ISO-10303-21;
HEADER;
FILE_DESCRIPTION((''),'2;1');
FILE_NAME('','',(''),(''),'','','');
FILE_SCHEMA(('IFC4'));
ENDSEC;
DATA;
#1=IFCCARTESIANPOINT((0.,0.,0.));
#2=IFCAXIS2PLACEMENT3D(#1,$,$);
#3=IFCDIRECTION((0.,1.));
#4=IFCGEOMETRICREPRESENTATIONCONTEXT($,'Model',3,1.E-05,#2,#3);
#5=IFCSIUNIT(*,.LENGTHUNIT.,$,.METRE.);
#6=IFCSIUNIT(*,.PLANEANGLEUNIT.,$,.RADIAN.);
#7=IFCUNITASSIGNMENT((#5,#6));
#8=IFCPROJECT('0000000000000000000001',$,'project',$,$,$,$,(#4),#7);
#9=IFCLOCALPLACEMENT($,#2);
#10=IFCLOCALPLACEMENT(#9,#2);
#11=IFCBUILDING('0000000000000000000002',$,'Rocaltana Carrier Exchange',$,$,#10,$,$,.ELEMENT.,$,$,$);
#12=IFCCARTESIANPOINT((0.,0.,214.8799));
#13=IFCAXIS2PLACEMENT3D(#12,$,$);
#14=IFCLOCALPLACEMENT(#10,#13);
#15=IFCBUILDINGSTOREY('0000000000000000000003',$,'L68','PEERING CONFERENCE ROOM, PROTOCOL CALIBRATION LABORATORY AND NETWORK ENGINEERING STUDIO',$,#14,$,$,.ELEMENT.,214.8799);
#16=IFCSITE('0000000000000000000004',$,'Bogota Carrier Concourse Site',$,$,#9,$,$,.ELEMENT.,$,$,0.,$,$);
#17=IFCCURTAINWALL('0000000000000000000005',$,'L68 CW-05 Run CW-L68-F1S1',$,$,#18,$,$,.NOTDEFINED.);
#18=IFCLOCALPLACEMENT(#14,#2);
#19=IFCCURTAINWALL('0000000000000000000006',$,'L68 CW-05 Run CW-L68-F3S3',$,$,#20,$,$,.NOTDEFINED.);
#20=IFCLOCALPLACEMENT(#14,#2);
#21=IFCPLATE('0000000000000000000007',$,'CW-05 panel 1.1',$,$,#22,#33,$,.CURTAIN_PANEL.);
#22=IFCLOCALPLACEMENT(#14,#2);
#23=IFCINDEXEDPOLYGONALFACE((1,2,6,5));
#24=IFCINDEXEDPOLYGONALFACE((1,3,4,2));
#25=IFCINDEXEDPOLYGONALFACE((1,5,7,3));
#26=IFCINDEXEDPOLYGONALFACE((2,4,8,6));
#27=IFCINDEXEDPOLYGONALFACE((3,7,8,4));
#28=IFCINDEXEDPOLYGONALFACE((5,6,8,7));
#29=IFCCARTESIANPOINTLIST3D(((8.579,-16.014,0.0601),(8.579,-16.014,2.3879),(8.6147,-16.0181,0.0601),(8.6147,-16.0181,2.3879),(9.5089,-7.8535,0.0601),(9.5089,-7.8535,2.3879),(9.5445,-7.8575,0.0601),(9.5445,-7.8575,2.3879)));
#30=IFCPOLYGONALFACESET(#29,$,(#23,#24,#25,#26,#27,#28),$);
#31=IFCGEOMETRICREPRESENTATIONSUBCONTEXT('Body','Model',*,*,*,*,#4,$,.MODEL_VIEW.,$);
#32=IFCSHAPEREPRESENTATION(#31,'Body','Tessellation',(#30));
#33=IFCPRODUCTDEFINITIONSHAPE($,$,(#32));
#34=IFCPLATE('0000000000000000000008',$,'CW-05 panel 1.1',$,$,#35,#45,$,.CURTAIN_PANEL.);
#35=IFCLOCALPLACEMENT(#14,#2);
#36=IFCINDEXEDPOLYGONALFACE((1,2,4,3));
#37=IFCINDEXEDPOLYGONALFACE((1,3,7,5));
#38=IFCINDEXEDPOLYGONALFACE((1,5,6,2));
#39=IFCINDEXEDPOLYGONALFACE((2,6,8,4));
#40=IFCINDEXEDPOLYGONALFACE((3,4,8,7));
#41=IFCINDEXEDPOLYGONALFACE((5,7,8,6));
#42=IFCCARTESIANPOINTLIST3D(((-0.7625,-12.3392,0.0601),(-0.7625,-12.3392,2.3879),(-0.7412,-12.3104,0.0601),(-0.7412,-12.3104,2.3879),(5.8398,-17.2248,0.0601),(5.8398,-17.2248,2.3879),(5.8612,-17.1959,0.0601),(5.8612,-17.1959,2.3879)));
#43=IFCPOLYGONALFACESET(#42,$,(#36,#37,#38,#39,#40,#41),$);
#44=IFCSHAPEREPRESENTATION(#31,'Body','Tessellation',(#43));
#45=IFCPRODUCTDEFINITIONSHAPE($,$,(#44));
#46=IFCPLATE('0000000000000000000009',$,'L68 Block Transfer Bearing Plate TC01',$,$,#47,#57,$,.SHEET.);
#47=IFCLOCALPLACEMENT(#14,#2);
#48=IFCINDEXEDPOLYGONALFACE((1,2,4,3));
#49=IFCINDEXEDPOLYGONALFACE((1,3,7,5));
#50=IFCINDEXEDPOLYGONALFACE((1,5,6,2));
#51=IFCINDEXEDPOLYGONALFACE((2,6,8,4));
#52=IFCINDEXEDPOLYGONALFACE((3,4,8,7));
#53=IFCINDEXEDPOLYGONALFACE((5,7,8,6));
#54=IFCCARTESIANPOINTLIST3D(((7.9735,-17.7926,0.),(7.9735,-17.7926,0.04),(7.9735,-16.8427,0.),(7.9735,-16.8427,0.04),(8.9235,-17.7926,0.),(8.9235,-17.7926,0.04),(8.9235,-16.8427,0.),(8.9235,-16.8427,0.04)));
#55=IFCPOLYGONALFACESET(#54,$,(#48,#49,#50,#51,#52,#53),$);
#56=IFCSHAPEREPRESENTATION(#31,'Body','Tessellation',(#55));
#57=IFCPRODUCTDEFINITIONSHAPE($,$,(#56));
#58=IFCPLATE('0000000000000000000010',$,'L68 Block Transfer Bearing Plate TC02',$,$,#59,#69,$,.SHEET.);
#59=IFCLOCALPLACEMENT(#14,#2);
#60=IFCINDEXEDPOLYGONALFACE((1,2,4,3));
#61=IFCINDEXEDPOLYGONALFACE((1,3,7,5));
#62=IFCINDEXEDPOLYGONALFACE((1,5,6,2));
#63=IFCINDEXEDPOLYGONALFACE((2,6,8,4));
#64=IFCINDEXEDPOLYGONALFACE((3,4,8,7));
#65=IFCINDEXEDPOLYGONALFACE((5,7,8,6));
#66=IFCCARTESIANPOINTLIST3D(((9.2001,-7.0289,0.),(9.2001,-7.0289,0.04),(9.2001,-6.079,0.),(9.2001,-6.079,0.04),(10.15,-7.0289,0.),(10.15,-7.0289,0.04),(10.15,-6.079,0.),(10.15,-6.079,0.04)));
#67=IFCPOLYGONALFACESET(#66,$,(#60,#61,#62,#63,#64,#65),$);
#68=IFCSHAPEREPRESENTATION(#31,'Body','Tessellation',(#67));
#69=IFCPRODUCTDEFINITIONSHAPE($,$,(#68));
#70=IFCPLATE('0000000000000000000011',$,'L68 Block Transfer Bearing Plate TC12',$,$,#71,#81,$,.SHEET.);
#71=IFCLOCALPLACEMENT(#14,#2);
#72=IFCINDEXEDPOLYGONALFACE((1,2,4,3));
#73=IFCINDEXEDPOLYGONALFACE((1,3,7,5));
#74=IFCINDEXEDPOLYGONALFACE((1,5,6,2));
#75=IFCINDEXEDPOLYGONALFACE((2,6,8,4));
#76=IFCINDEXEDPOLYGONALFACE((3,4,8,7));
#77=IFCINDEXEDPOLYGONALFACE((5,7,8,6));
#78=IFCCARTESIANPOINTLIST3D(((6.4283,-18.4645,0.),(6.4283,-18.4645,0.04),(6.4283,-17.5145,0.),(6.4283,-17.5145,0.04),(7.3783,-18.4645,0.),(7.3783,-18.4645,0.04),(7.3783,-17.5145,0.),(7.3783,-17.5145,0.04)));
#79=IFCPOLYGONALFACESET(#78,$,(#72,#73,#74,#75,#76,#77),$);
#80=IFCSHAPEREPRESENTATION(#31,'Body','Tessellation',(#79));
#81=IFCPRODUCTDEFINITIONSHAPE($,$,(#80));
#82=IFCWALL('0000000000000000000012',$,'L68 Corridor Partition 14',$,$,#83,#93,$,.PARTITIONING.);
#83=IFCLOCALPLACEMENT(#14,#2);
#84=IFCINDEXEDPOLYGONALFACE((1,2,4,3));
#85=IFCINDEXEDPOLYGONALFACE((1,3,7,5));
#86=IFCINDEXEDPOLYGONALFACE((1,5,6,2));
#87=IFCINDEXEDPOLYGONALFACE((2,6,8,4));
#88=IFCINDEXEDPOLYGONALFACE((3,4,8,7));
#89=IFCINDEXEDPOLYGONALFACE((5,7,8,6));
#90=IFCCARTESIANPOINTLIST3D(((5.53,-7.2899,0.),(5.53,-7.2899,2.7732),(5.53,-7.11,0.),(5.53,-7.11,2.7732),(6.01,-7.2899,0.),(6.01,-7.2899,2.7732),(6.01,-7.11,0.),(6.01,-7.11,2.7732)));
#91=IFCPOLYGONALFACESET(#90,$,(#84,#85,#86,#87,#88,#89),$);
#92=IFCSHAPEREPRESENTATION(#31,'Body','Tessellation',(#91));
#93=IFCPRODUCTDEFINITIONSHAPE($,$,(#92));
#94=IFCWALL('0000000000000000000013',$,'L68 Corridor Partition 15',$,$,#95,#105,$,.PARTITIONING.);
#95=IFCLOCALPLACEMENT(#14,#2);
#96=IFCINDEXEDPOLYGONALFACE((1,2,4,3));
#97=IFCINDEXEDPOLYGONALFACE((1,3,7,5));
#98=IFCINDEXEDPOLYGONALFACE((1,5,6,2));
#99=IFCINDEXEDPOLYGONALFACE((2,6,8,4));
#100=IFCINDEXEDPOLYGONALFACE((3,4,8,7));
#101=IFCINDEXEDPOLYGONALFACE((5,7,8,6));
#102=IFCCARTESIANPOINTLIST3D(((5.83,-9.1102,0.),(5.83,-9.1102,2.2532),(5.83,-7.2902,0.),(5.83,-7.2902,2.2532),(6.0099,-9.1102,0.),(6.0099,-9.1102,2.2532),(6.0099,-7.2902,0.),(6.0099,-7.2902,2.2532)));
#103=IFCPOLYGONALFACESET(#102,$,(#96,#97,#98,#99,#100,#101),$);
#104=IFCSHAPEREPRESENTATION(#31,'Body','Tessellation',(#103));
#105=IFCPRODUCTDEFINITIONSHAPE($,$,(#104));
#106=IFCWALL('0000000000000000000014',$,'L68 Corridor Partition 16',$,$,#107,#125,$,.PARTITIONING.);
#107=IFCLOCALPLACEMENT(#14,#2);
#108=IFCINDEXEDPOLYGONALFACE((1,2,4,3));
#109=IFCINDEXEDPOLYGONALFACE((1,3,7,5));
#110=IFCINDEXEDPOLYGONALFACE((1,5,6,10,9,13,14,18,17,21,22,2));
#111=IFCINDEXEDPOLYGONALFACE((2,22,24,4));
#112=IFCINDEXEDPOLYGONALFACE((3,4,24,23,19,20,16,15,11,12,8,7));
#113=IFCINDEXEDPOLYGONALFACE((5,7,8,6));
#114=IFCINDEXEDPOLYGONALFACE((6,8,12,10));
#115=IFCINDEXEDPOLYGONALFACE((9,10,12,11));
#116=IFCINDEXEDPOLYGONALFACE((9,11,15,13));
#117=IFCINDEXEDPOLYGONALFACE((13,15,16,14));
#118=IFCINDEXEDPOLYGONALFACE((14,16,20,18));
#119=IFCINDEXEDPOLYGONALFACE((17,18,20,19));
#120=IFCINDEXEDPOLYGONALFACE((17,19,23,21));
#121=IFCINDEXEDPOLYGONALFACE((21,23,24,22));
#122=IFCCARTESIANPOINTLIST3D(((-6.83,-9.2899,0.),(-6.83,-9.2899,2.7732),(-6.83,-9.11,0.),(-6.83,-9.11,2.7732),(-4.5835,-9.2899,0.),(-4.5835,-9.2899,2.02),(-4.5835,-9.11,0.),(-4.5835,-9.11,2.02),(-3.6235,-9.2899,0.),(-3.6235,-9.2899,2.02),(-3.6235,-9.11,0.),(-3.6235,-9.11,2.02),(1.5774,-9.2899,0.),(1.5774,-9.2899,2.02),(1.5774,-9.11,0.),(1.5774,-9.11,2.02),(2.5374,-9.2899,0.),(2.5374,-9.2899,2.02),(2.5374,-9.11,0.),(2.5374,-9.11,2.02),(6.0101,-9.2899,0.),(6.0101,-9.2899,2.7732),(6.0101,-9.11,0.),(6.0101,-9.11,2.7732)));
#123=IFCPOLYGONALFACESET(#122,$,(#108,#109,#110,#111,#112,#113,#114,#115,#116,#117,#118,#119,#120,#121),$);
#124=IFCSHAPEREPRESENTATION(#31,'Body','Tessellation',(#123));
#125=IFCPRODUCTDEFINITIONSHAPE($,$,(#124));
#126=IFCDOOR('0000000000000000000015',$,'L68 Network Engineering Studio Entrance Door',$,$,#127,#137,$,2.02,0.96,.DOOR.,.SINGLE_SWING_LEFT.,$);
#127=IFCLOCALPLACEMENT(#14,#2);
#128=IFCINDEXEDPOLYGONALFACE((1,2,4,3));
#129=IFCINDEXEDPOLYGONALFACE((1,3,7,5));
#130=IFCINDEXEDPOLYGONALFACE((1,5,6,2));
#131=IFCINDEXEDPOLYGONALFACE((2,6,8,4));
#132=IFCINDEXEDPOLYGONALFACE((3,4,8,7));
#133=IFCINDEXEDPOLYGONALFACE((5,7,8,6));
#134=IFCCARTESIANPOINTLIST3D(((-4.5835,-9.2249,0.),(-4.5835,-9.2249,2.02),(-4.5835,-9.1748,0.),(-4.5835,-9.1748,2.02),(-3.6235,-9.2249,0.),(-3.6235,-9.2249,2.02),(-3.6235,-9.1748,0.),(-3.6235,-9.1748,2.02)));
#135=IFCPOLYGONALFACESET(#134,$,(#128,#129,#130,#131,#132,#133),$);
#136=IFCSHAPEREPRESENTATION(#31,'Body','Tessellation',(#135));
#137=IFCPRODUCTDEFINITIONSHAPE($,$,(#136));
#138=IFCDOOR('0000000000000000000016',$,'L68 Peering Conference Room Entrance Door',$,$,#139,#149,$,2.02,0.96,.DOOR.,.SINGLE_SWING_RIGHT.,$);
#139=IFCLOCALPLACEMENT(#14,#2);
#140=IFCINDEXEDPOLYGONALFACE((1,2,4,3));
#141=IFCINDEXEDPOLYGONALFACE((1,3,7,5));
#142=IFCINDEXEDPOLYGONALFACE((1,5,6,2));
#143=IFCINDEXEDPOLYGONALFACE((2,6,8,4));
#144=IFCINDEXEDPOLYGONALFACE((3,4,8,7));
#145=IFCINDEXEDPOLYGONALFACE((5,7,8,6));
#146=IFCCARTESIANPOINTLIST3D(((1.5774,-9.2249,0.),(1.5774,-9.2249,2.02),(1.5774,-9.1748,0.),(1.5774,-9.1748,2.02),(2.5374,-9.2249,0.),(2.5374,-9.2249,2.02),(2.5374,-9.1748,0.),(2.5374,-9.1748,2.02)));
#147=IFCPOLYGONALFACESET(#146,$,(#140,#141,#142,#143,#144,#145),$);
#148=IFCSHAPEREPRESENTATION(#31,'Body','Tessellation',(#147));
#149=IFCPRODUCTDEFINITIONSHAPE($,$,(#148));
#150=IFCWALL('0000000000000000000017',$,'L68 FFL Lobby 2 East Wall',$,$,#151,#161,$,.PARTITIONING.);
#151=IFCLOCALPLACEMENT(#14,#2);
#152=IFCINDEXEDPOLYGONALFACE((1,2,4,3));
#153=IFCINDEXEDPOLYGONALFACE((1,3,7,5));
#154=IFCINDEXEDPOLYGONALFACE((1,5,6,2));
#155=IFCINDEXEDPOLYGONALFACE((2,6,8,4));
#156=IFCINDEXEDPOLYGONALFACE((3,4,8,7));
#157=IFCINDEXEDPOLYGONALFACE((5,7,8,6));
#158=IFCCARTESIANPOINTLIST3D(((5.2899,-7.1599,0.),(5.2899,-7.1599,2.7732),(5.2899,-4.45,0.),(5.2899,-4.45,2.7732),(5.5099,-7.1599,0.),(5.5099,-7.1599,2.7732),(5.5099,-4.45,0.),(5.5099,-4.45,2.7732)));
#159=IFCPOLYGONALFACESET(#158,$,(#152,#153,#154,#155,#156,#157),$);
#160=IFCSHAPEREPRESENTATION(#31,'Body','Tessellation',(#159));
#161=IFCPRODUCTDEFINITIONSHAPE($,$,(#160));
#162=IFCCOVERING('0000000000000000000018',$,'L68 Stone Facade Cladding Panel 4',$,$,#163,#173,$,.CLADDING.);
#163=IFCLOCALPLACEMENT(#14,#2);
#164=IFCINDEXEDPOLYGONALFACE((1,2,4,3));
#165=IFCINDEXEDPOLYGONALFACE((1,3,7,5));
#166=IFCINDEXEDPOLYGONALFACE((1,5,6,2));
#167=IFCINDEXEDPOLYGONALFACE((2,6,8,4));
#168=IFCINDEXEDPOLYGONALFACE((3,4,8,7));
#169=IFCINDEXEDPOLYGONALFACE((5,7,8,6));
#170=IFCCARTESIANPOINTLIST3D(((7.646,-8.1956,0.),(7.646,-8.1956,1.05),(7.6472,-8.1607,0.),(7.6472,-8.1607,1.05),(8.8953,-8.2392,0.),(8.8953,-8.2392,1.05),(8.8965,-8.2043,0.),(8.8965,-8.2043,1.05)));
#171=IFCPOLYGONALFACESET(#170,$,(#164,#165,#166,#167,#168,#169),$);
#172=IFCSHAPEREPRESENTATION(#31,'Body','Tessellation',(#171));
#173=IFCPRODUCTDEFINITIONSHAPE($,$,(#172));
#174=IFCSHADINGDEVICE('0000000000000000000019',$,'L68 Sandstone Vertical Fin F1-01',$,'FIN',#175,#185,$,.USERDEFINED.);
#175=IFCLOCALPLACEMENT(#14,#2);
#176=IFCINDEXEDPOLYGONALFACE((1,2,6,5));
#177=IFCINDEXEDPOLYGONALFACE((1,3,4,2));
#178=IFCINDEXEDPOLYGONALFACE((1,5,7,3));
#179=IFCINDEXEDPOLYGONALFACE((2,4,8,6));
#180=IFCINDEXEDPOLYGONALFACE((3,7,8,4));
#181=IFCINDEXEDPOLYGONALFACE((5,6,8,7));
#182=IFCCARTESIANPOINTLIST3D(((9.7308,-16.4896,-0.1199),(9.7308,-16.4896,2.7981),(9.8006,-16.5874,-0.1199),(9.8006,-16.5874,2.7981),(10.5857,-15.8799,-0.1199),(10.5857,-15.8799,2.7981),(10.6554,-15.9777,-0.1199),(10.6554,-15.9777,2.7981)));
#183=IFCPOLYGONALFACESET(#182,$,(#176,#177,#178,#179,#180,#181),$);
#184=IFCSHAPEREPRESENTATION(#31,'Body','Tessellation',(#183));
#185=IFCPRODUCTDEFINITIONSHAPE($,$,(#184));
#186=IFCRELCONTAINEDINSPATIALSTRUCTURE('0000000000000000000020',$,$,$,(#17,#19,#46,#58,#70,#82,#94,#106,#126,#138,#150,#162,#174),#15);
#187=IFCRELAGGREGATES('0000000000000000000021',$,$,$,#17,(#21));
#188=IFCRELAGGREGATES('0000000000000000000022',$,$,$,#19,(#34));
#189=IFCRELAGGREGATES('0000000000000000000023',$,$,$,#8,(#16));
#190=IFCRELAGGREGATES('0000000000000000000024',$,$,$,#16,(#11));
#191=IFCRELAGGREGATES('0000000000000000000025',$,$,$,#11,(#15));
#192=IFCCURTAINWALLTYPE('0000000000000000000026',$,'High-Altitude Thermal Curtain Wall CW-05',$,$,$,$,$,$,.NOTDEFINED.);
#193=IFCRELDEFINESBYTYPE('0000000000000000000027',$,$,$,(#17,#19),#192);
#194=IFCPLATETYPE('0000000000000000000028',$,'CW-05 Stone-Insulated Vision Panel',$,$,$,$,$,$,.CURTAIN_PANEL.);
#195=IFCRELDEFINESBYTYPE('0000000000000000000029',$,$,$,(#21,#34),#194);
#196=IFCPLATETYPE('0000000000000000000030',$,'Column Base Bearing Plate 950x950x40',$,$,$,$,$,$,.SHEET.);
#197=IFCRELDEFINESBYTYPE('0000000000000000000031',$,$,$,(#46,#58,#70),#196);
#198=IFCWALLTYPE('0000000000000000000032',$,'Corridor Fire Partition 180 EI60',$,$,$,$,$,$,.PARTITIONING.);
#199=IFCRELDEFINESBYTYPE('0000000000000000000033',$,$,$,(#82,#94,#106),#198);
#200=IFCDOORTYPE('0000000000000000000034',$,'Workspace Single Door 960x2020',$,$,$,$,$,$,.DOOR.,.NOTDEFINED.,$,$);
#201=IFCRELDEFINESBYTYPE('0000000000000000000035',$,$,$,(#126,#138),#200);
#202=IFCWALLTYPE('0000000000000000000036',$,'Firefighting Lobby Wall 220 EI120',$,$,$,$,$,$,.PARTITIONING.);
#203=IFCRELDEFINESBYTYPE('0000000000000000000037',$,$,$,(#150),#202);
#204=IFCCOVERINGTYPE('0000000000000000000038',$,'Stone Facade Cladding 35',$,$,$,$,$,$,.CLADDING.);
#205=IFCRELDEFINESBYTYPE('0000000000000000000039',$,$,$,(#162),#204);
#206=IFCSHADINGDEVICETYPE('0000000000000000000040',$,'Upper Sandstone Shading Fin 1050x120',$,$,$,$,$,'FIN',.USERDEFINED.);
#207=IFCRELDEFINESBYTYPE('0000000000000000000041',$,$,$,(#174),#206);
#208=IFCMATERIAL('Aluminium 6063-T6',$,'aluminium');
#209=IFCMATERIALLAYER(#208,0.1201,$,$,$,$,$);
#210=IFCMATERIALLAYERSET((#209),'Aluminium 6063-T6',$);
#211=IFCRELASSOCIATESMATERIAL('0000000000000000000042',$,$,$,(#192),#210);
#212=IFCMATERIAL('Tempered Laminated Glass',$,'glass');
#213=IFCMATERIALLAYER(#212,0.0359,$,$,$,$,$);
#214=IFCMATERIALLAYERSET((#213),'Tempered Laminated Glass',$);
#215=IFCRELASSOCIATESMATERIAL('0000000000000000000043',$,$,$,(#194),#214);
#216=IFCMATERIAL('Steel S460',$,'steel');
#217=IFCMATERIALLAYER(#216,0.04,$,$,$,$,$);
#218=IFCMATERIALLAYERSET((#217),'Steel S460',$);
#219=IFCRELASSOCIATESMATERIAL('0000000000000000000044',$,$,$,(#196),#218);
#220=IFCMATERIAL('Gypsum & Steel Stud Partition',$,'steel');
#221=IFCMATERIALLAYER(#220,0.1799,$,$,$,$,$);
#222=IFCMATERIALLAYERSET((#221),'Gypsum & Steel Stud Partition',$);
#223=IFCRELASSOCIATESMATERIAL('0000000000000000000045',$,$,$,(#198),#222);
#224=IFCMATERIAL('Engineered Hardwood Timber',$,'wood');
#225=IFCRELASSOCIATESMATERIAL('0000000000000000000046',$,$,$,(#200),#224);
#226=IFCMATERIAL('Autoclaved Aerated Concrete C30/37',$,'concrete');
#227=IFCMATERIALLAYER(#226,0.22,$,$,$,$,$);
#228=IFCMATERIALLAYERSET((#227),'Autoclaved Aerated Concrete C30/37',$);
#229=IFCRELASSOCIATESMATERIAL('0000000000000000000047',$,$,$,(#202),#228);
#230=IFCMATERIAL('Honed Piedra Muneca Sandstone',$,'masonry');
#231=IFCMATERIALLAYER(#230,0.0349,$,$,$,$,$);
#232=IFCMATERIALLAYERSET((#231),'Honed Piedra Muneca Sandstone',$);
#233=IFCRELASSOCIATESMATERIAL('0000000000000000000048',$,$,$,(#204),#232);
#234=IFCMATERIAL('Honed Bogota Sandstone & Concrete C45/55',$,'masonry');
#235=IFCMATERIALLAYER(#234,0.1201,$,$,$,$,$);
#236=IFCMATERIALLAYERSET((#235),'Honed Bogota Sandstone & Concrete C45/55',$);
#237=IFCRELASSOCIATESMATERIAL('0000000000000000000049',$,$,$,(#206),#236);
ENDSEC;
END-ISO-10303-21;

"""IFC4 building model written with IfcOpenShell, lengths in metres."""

from ifc_helpers import new_model, si_unit, direction, frame, frame_2d, origin, origin_2d, place, context, subcontext, project, spatial, rectangle, extrude, material, layer, layer_set, type_object, element, fill, aggregate, save


model = new_model("IFC4")

# Units and contexts
model_context = context("Model", 3, precision=1e-05, world=origin(), true_north=direction((0.0, 1.0)))
body_context = subcontext(model_context, "Body", "Model", "MODEL_VIEW")
ifc_project = project(units=[si_unit("LENGTHUNIT", "METRE"), si_unit("PLANEANGLEUNIT", "RADIAN")], contexts=[model_context])

# Site, building, storey
site_placement = place(None, origin())
site = spatial("IfcSite", under=ifc_project, at=site_placement, Name="Bogota Carrier Concourse Site", CompositionType="ELEMENT", RefElevation=0.0)
building_placement = place(site_placement, origin())
building = spatial("IfcBuilding", under=site, at=building_placement, Name="Rocaltana Carrier Exchange", CompositionType="ELEMENT")
storey_placement = place(building_placement, frame((0.0, 0.0, 214.8799)))
storey = spatial("IfcBuildingStorey", under=building, at=storey_placement, Name="L68", Description="PEERING CONFERENCE ROOM, PROTOCOL CALIBRATION LABORATORY AND NETWORK ENGINEERING STUDIO", CompositionType="ELEMENT", Elevation=214.8799)

# Curtain wall
ifc_material_1 = material(Name="Aluminium 6063-T6", Category="aluminium")
ifc_layer_1 = layer(ifc_material_1, 0.1201)
ifc_layer_set_1 = layer_set([ifc_layer_1], Name="Aluminium 6063-T6")
curtain_wall_type = type_object("IfcCurtainWallType", Name="High-Altitude Thermal Curtain Wall CW-05", PredefinedType="NOTDEFINED", material=ifc_layer_set_1)
curtain_wall_1_placement = place(storey_placement, origin())
curtain_wall_1 = element("IfcCurtainWall", 1, at=curtain_wall_1_placement, inside=storey, type_object=curtain_wall_type, Name="L68 CW-05 Run CW-L68-F1S1", PredefinedType="NOTDEFINED")

# Curtain wall
curtain_wall_2_placement = place(storey_placement, origin())
curtain_wall_2 = element("IfcCurtainWall", 2, at=curtain_wall_2_placement, inside=storey, type_object=curtain_wall_type, Name="L68 CW-05 Run CW-L68-F3S3", PredefinedType="NOTDEFINED")

# Plates
ifc_material_2 = material(Name="Tempered Laminated Glass", Category="glass")
ifc_layer_2 = layer(ifc_material_2, 0.0359)
ifc_layer_set_2 = layer_set([ifc_layer_2], Name="Tempered Laminated Glass")
plate_type_1 = type_object("IfcPlateType", Name="CW-05 Stone-Insulated Vision Panel", PredefinedType="CURTAIN_PANEL", material=ifc_layer_set_2)
plate_1_placement = place(storey_placement, frame((9.0618, -11.9358, 0.0601), z_axis=(0.0, 0.0, 1.0), x_axis=(0.113209, 0.993571, 0.0)))
plate_1 = element("IfcPlate", 3, at=plate_1_placement, type_object=plate_type_1, Name="CW-05 panel 1.1", PredefinedType="CURTAIN_PANEL", context=body_context, shape_type="SweptSolid", body=[
    extrude(rectangle(XDim=8.2134, YDim=0.0359, at=origin_2d()), origin(), (0.0, 0.0, 1.0), 2.3279),
])
aggregate(curtain_wall_1, [plate_1])
plate_2_placement = place(storey_placement, frame((2.5493, -14.7676, 0.0601), z_axis=(0.0, 0.0, 1.0), x_axis=(0.803854, -0.594827, 0.0)))
plate_2 = element("IfcPlate", 4, at=plate_2_placement, type_object=plate_type_1, Name="CW-05 panel 1.1", PredefinedType="CURTAIN_PANEL", context=body_context, shape_type="SweptSolid", body=[
    extrude(rectangle(XDim=8.2134, YDim=0.0359, at=origin_2d()), origin(), (0.0, 0.0, 1.0), 2.3279),
])
aggregate(curtain_wall_2, [plate_2])

# Plates
ifc_material_3 = material(Name="Steel S460", Category="steel")
ifc_layer_3 = layer(ifc_material_3, 0.04)
ifc_layer_set_3 = layer_set([ifc_layer_3], Name="Steel S460")
plate_type_2 = type_object("IfcPlateType", Name="Column Base Bearing Plate 950x950x40", PredefinedType="SHEET", material=ifc_layer_set_3)
for number, where, z_axis, x_axis, name in (
    (5, (8.4485, -17.3176, 0.0), (0.0, 0.0, 1.0), (1.0, 0.0, 0.0), "L68 Block Transfer Bearing Plate TC01"),
    (6, (9.675, -6.554, 0.0), (0.0, 0.0, 1.0), (1.0, 0.0, 0.0), "L68 Block Transfer Bearing Plate TC02"),
    (7, (6.9033, -17.9895, 0.0), (0.0, 0.0, 1.0), (1.0, 0.0, 0.0), "L68 Block Transfer Bearing Plate TC12"),
):
    element("IfcPlate", number, at=place(storey_placement, frame(where, z_axis=z_axis, x_axis=x_axis)), inside=storey, type_object=plate_type_2, Name=name, PredefinedType="SHEET", context=body_context, shape_type="SweptSolid", body=[
        extrude(rectangle(XDim=0.95, YDim=0.95, at=origin_2d()), origin(), (0.0, 0.0, 1.0), 0.04),
    ])

# Walls
ifc_material_4 = material(Name="Gypsum & Steel Stud Partition", Category="steel")
ifc_layer_4 = layer(ifc_material_4, 0.1799)
ifc_layer_set_4 = layer_set([ifc_layer_4], Name="Gypsum & Steel Stud Partition")
wall_type_1 = type_object("IfcWallType", Name="Corridor Fire Partition 180 EI60", PredefinedType="PARTITIONING", material=ifc_layer_set_4)
wall_1_placement = place(storey_placement, frame((5.53, -7.2, 0.0), z_axis=(0.0, 0.0, 1.0), x_axis=(1.0, 0.0, 0.0)))
element("IfcWall", 8, at=wall_1_placement, inside=storey, type_object=wall_type_1, Name="L68 Corridor Partition 14", PredefinedType="PARTITIONING", context=body_context, shape_type="SweptSolid", body=[
    extrude(rectangle(XDim=0.48, YDim=0.1799, at=frame_2d((0.24, 0.0))), origin(), (0.0, 0.0, 1.0), 2.7732),
])
wall_2_placement = place(storey_placement, frame((5.9199, -7.29, 0.0), z_axis=(0.0, 0.0, 1.0), x_axis=(0.0, -1.0, 0.0)))
element("IfcWall", 9, at=wall_2_placement, inside=storey, type_object=wall_type_1, Name="L68 Corridor Partition 15", PredefinedType="PARTITIONING", context=body_context, shape_type="SweptSolid", body=[
    extrude(rectangle(XDim=1.8201, YDim=0.1799, at=frame_2d((0.9102, 0.0))), origin(), (0.0, 0.0, 1.0), 2.2532),
])

# Wall, openings, doors
wall_3_placement = place(storey_placement, frame((6.01, -9.2, 0.0), z_axis=(0.0, 0.0, 1.0), x_axis=(-1.0, 0.0, 0.0)))
wall_3 = element("IfcWall", 10, at=wall_3_placement, inside=storey, type_object=wall_type_1, Name="L68 Corridor Partition 16", PredefinedType="PARTITIONING", context=body_context, shape_type="SweptSolid", body=[
    extrude(rectangle(XDim=12.8401, YDim=0.1799, at=frame_2d((6.4199, 0.0))), origin(), (0.0, 0.0, 1.0), 2.7732),
])
opening_1_placement = place(wall_3_placement, frame((9.6335, 0.0, 0.0)))
opening_1 = element("IfcOpeningElement", 11, at=opening_1_placement, cuts=wall_3, PredefinedType="OPENING", context=body_context, shape_type="SweptSolid", body=[
    extrude(rectangle(XDim=0.96, YDim=2.02, at=frame_2d((0.48, 1.01))), frame((0.0, 0.0999, 0.0), z_axis=(0.0, -1.0, 0.0), x_axis=(1.0, 0.0, 0.0)), (0.0, 0.0, 1.0), 0.2),
])
opening_2_placement = place(wall_3_placement, frame((3.4727, 0.0, 0.0)))
opening_2 = element("IfcOpeningElement", 12, at=opening_2_placement, cuts=wall_3, PredefinedType="OPENING", context=body_context, shape_type="SweptSolid", body=[
    extrude(rectangle(XDim=0.96, YDim=2.02, at=frame_2d((0.48, 1.01))), frame((0.0, 0.0999, 0.0), z_axis=(0.0, -1.0, 0.0), x_axis=(1.0, 0.0, 0.0)), (0.0, 0.0, 1.0), 0.2),
])
ifc_material_5 = material(Name="Engineered Hardwood Timber", Category="wood")
door_type = type_object("IfcDoorType", Name="Workspace Single Door 960x2020", OperationType="NOTDEFINED", PredefinedType="DOOR", material=ifc_material_5)
door_1_placement = place(opening_1_placement, origin())
door_1 = element("IfcDoor", 13, at=door_1_placement, inside=storey, type_object=door_type, Name="L68 Network Engineering Studio Entrance Door", OperationType="SINGLE_SWING_LEFT", OverallHeight=2.02, OverallWidth=0.96, PredefinedType="DOOR", context=body_context, shape_type="SweptSolid", body=[
    extrude(rectangle(XDim=0.96, YDim=2.02, at=frame_2d((0.48, 1.01))), frame((0.0, 0.0249, 0.0), z_axis=(0.0, -1.0, 0.0), x_axis=(1.0, 0.0, 0.0)), (0.0, 0.0, 1.0), 0.05),
])
fill(opening_1, door_1)
door_2_placement = place(opening_2_placement, origin())
door_2 = element("IfcDoor", 14, at=door_2_placement, inside=storey, type_object=door_type, Name="L68 Peering Conference Room Entrance Door", OperationType="SINGLE_SWING_RIGHT", OverallHeight=2.02, OverallWidth=0.96, PredefinedType="DOOR", context=body_context, shape_type="SweptSolid", body=[
    extrude(rectangle(XDim=0.96, YDim=2.02, at=frame_2d((0.48, 1.01))), frame((0.0, 0.0249, 0.0), z_axis=(0.0, -1.0, 0.0), x_axis=(1.0, 0.0, 0.0)), (0.0, 0.0, 1.0), 0.05),
])
fill(opening_2, door_2)

# Wall
ifc_material_6 = material(Name="Autoclaved Aerated Concrete C30/37", Category="concrete")
ifc_layer_5 = layer(ifc_material_6, 0.22)
ifc_layer_set_5 = layer_set([ifc_layer_5], Name="Autoclaved Aerated Concrete C30/37")
wall_type_2 = type_object("IfcWallType", Name="Firefighting Lobby Wall 220 EI120", PredefinedType="PARTITIONING", material=ifc_layer_set_5)
wall_4_placement = place(storey_placement, frame((5.3999, -7.1599, 0.0), z_axis=(0.0, 0.0, 1.0), x_axis=(0.0, 1.0, 0.0)))
element("IfcWall", 15, at=wall_4_placement, inside=storey, type_object=wall_type_2, Name="L68 FFL Lobby 2 East Wall", PredefinedType="PARTITIONING", context=body_context, shape_type="SweptSolid", body=[
    extrude(rectangle(XDim=2.71, YDim=0.22, at=frame_2d((1.355, 0.0))), origin(), (0.0, 0.0, 1.0), 2.7732),
])

# Covering
ifc_material_7 = material(Name="Honed Piedra Muneca Sandstone", Category="masonry")
ifc_layer_6 = layer(ifc_material_7, 0.0349)
ifc_layer_set_6 = layer_set([ifc_layer_6], Name="Honed Piedra Muneca Sandstone")
covering_type = type_object("IfcCoveringType", Name="Stone Facade Cladding 35", PredefinedType="CLADDING", material=ifc_layer_set_6)
covering_placement = place(storey_placement, frame((8.2712, -8.2, 0.0), z_axis=(0.0, 0.0, 1.0), x_axis=(-0.999391, 0.034899, 0.0)))
element("IfcCovering", 16, at=covering_placement, inside=storey, type_object=covering_type, Name="L68 Stone Facade Cladding Panel 4", PredefinedType="CLADDING", context=body_context, shape_type="SweptSolid", body=[
    extrude(rectangle(XDim=1.25, YDim=0.0349, at=origin_2d()), origin(), (0.0, 0.0, 1.0), 1.05),
])

# Shading device
ifc_material_8 = material(Name="Honed Bogota Sandstone & Concrete C45/55", Category="masonry")
ifc_layer_7 = layer(ifc_material_8, 0.1201)
ifc_layer_set_7 = layer_set([ifc_layer_7], Name="Honed Bogota Sandstone & Concrete C45/55")
shading_device_type = type_object("IfcShadingDeviceType", Name="Upper Sandstone Shading Fin 1050x120", ElementType="FIN", PredefinedType="USERDEFINED", material=ifc_layer_set_7)
for number, where, z_axis, x_axis, name in (
    (17, (10.1931, -16.2336, -0.1199), (0.0, 0.0, 1.0), (0.814116, 0.580703, 0.0), "L68 Sandstone Vertical Fin F1-01"),
):
    element("IfcShadingDevice", number, at=place(storey_placement, frame(where, z_axis=z_axis, x_axis=x_axis)), inside=storey, type_object=shading_device_type, Name=name, ObjectType="FIN", PredefinedType="USERDEFINED", context=body_context, shape_type="SweptSolid", body=[
        extrude(rectangle(XDim=1.05, YDim=0.1201, at=origin_2d()), origin(), (0.0, 0.0, 1.0), 2.918),
    ])

save(model, "model.ifc")
